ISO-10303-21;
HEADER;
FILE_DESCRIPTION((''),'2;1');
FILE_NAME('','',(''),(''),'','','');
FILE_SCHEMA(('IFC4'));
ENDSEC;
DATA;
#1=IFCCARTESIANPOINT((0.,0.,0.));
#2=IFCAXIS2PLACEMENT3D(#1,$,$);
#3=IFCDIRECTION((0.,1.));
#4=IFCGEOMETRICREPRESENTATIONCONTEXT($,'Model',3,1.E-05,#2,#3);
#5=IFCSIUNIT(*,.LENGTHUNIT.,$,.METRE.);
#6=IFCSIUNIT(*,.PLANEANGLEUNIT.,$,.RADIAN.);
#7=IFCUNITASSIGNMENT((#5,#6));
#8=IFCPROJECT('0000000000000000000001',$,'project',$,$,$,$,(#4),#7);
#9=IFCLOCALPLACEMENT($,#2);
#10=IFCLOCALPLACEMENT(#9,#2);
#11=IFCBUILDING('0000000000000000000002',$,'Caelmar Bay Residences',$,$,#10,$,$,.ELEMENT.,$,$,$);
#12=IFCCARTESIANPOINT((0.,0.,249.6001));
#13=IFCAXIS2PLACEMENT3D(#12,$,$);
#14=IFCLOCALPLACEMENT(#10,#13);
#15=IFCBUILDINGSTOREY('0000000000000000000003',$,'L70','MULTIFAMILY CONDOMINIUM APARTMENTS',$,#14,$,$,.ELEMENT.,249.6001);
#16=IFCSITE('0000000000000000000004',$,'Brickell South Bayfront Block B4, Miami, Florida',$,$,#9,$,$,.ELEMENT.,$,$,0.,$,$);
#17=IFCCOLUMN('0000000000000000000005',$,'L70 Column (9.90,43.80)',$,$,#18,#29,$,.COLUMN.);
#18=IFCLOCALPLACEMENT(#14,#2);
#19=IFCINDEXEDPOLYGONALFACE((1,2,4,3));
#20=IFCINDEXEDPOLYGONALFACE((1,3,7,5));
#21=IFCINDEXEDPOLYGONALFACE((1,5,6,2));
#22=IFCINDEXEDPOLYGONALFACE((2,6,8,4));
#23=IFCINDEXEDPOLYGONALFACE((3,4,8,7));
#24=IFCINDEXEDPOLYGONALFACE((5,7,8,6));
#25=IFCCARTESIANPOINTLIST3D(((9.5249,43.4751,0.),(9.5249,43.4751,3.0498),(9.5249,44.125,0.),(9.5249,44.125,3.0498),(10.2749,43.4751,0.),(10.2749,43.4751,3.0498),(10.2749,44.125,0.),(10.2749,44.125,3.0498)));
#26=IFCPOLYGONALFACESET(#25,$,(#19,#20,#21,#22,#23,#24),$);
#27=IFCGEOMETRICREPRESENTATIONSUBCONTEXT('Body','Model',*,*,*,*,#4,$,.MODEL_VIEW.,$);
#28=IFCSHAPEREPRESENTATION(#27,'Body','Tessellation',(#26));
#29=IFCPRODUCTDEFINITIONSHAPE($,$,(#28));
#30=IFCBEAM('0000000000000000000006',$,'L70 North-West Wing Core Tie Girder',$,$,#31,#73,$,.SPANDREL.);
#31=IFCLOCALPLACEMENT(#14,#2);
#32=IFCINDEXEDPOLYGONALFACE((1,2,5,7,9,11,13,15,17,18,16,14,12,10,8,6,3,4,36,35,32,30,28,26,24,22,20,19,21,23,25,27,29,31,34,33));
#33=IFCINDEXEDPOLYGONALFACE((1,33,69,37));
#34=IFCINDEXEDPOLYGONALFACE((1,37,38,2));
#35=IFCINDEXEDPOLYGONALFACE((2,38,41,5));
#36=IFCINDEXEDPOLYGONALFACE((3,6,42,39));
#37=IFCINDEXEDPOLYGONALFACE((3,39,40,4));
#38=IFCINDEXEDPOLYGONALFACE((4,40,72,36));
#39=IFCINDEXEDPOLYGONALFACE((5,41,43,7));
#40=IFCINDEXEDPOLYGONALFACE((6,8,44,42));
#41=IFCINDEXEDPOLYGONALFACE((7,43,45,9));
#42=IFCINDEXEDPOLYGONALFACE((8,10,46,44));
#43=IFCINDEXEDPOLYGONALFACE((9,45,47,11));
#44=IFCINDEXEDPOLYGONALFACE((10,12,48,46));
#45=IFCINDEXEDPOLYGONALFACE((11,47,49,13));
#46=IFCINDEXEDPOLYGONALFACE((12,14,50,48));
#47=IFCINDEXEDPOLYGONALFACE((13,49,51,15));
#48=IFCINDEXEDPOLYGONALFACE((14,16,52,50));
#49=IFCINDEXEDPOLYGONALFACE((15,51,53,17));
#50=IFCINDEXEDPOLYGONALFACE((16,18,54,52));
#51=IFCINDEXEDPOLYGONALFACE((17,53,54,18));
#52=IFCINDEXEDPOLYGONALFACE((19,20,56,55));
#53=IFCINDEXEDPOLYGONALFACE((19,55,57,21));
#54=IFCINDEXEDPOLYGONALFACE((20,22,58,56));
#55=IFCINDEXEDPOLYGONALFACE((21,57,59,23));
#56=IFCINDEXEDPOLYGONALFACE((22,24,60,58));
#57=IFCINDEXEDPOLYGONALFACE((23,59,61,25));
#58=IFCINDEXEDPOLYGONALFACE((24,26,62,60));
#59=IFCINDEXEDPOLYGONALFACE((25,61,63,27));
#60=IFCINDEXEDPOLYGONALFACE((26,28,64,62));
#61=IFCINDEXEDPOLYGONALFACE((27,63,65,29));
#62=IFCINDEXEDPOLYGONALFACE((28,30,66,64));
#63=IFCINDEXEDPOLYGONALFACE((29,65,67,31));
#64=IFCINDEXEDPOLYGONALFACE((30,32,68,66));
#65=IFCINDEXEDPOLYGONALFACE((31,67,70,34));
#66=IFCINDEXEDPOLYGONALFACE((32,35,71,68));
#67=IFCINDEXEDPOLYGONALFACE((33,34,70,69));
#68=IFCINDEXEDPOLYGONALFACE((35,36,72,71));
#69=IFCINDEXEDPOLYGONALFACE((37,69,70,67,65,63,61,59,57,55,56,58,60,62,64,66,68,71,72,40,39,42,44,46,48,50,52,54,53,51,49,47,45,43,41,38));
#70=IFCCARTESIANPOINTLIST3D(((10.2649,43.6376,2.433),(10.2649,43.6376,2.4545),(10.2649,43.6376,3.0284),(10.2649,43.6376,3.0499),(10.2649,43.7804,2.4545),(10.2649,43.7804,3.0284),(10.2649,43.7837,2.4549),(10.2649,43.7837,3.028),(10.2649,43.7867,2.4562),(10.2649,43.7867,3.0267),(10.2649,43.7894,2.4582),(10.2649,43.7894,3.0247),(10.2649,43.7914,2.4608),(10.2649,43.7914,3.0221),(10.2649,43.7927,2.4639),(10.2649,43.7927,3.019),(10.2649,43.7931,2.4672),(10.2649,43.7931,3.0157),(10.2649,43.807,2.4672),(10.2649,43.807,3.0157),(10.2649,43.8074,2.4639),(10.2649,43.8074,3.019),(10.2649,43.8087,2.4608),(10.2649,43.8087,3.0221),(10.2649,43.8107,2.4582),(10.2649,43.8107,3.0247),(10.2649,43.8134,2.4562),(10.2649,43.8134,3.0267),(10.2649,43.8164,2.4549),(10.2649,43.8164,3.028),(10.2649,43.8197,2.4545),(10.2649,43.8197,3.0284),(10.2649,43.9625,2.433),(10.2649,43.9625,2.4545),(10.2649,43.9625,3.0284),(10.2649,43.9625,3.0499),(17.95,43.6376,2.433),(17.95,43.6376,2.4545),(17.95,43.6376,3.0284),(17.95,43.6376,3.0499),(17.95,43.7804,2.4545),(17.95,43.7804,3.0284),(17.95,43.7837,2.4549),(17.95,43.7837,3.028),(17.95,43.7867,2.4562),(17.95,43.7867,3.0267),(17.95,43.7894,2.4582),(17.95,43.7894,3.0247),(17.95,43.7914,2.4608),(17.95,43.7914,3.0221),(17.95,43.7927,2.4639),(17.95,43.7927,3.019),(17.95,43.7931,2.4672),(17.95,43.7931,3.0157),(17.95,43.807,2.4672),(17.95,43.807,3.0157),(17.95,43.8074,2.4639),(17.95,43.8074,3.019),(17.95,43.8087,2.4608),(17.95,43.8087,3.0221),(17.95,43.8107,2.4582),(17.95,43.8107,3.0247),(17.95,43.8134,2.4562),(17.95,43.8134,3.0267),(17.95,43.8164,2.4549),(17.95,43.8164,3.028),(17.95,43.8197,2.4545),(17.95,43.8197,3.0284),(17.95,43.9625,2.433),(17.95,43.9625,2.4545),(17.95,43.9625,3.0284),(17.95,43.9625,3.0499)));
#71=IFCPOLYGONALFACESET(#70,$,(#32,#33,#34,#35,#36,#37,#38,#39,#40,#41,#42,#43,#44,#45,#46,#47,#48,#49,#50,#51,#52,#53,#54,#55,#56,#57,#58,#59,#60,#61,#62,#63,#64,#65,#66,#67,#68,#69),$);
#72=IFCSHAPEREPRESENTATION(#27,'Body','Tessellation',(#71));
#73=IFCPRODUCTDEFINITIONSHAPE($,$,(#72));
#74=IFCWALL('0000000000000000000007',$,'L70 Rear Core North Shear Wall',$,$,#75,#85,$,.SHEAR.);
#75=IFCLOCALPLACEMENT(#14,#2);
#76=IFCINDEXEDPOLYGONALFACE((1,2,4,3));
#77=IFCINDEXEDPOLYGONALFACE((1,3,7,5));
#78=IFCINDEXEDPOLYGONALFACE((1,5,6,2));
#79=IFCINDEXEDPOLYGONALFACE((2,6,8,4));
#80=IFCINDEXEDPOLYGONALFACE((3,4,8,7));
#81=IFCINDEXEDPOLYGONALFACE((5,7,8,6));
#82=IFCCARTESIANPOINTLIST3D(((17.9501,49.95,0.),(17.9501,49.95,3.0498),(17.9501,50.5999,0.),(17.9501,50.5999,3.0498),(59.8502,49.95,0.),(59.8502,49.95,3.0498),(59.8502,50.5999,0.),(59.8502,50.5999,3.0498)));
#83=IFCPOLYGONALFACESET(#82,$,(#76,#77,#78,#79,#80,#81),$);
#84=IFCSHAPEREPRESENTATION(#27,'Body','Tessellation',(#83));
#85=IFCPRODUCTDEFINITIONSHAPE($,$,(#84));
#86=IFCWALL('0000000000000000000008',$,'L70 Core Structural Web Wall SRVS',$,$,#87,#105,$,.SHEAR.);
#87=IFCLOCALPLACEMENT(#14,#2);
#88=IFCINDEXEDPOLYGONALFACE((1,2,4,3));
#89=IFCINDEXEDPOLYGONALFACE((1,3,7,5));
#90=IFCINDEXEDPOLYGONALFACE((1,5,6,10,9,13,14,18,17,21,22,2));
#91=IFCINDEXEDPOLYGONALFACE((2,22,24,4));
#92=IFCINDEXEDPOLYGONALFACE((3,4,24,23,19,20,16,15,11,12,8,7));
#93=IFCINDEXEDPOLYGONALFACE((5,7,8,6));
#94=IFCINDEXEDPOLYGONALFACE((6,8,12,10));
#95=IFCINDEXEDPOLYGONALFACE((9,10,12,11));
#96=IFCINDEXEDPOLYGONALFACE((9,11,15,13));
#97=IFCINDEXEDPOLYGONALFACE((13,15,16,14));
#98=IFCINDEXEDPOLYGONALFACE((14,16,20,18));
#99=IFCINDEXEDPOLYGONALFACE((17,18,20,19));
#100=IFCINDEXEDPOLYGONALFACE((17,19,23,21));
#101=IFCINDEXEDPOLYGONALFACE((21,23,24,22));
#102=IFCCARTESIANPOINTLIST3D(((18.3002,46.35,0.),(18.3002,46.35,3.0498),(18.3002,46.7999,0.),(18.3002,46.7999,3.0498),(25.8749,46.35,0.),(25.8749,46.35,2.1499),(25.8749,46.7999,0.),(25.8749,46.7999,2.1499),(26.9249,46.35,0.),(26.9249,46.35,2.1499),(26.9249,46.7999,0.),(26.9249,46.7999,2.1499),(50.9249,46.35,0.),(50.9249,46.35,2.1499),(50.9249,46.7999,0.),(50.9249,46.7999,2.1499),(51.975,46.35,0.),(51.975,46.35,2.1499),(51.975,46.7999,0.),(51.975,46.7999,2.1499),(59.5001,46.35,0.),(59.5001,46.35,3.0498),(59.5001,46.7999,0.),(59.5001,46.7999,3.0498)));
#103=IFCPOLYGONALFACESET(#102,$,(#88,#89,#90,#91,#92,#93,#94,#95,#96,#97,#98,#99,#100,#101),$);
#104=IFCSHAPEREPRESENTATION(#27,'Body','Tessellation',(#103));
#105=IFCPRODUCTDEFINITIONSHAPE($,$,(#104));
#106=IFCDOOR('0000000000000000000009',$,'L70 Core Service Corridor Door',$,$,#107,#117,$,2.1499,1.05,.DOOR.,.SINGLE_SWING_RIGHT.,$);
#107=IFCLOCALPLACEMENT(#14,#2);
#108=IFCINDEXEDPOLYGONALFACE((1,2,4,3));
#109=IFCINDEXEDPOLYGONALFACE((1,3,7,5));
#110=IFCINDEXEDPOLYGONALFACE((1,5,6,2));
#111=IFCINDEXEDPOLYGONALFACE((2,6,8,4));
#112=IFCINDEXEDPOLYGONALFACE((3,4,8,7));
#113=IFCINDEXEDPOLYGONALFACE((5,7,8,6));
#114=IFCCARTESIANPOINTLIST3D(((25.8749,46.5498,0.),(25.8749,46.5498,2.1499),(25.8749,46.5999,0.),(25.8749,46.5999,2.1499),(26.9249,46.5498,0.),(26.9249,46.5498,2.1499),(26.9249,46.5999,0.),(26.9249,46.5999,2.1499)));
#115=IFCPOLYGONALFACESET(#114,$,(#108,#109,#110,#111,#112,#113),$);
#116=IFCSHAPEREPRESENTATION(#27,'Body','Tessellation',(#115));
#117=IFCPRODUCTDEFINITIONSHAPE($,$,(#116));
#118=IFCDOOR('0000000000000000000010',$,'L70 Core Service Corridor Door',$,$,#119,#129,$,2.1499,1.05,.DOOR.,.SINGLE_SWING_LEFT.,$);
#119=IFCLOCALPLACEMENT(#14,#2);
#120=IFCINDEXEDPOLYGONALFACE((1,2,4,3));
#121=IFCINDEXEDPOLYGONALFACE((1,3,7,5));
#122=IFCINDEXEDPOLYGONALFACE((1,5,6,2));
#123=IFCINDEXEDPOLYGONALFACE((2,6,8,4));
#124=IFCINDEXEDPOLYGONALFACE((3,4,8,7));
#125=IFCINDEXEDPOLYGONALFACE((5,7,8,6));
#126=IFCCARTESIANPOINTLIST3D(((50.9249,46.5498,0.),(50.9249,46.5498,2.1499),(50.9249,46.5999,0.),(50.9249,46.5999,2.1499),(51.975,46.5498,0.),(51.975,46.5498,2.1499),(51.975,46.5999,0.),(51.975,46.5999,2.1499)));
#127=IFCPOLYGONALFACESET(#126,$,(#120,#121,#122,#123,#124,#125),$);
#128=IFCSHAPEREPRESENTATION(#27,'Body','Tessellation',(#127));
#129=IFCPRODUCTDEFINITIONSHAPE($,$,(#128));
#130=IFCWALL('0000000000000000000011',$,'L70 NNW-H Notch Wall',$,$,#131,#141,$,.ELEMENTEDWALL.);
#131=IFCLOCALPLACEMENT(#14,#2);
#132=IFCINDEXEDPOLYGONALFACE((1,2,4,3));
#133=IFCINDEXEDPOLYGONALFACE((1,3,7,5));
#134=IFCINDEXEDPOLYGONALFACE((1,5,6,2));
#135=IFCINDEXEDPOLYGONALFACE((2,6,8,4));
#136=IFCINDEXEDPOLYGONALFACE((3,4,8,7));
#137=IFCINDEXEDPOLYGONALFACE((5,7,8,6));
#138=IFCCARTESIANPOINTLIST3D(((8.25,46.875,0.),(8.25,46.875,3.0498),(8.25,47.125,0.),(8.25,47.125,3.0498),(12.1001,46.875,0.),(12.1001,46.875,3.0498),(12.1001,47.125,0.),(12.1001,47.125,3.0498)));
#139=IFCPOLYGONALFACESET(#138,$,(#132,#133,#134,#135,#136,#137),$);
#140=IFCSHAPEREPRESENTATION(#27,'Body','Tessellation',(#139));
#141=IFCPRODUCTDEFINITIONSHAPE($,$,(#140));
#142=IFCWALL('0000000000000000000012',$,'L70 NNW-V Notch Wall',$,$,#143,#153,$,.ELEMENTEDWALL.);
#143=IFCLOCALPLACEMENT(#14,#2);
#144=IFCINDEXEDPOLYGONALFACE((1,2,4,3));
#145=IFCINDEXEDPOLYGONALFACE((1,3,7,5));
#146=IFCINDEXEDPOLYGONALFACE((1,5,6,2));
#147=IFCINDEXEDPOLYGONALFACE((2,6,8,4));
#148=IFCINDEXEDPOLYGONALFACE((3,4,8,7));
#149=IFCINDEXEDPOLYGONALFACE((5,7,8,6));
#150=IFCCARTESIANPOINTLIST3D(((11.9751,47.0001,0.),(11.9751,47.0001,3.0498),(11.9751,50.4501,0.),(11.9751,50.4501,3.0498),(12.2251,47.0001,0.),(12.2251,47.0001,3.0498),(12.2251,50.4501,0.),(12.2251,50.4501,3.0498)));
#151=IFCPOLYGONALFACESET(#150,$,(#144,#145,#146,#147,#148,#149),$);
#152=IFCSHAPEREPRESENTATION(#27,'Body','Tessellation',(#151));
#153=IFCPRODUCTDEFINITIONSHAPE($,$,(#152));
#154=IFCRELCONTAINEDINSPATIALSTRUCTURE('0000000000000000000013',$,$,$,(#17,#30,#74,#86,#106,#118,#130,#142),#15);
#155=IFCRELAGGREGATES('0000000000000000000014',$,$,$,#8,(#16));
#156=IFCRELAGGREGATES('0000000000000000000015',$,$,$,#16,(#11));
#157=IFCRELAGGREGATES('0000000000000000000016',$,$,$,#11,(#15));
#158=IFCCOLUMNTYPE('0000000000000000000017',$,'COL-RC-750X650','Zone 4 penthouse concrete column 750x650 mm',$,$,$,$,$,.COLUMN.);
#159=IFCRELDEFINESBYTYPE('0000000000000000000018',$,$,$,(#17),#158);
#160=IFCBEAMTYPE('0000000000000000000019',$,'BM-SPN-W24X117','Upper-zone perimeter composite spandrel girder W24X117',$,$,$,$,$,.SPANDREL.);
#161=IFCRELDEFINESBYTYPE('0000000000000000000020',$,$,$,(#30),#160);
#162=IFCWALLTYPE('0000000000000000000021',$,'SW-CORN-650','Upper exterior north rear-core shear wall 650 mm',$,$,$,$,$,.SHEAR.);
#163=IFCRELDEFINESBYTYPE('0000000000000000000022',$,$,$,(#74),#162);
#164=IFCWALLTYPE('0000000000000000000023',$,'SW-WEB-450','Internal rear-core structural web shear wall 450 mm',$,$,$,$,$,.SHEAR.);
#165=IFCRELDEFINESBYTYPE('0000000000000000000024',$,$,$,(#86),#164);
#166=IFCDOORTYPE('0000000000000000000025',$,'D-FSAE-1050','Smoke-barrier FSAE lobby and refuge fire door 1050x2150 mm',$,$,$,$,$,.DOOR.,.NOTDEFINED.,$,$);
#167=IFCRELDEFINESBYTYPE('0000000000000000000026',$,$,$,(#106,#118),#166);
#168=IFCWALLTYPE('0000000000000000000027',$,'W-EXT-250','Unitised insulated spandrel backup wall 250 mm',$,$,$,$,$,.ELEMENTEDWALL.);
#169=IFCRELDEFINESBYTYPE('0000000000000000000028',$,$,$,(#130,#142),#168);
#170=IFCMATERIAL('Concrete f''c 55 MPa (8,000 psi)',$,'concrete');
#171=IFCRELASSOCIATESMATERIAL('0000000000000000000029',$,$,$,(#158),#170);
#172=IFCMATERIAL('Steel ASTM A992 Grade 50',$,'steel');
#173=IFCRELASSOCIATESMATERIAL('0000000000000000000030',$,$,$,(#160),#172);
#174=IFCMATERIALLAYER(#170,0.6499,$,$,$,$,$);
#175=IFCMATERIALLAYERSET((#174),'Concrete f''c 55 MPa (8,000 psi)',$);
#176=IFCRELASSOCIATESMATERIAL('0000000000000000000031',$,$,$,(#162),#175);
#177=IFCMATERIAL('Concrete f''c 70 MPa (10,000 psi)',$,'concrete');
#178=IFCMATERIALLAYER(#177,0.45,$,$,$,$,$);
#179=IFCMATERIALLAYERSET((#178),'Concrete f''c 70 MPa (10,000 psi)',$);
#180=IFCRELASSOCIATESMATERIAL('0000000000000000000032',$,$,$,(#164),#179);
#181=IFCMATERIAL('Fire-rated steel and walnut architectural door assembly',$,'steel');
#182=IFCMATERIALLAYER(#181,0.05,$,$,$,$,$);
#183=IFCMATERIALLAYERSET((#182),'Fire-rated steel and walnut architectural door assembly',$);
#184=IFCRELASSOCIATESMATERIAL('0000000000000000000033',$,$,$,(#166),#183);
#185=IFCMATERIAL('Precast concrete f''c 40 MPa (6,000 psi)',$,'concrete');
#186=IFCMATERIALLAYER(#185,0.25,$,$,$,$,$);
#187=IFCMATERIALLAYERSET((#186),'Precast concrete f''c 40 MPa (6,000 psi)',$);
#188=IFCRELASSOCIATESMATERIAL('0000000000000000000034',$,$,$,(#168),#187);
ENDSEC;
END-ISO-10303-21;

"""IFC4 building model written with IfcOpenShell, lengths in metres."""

from ifc_helpers import new_model, si_unit, direction, frame, frame_2d, origin, origin_2d, place, context, subcontext, project, spatial, rectangle, i_section, extrude, material, layer, layer_set, material_profile, profile_set, type_object, element, fill, save


model = new_model("IFC4")

# Units and contexts
model_context = context("Model", 3, precision=1e-05, world=origin(), true_north=direction((0.0, 1.0)))
body_context = subcontext(model_context, "Body", "Model", "MODEL_VIEW")
ifc_project = project(units=[si_unit("LENGTHUNIT", "METRE"), si_unit("PLANEANGLEUNIT", "RADIAN")], contexts=[model_context])

# Site, building, storey
site_placement = place(None, origin())
site = spatial("IfcSite", under=ifc_project, at=site_placement, Name="Brickell South Bayfront Block B4, Miami, Florida", CompositionType="ELEMENT", RefElevation=0.0)
building_placement = place(site_placement, origin())
building = spatial("IfcBuilding", under=site, at=building_placement, Name="Caelmar Bay Residences", CompositionType="ELEMENT")
storey_placement = place(building_placement, frame((0.0, 0.0, 249.6001)))
storey = spatial("IfcBuildingStorey", under=building, at=storey_placement, Name="L70", Description="MULTIFAMILY CONDOMINIUM APARTMENTS", CompositionType="ELEMENT", Elevation=249.6001)

# Column
ifc_material_1 = material(Name="Concrete f'c 55 MPa (8,000 psi)", Category="concrete")
ifc_material_profile_1 = material_profile(ifc_material_1, rectangle(XDim=0.75, YDim=0.6499, at=origin_2d()), Name="RC-COL-750X650")
ifc_profile_set_1 = profile_set([ifc_material_profile_1], Name="Concrete f'c 55 MPa (8,000 psi)")
column_type = type_object("IfcColumnType", Name="COL-RC-750X650", Description="Zone 4 penthouse concrete column 750x650 mm", PredefinedType="COLUMN", material=ifc_profile_set_1)
column_placement = place(storey_placement, frame((9.8999, 43.8, 0.0), z_axis=(0.0, 0.0, 1.0), x_axis=(1.0, 0.0, 0.0)))
element("IfcColumn", 1, at=column_placement, inside=storey, type_object=column_type, Name="L70 Column (9.90,43.80)", PredefinedType="COLUMN", context=body_context, shape_type="SweptSolid", body=[
    extrude(rectangle(XDim=0.75, YDim=0.6499, at=origin_2d()), origin(), (0.0, 0.0, 1.0), 3.0498),
])

# Beam
ifc_material_2 = material(Name="Steel ASTM A992 Grade 50", Category="steel")
ifc_material_profile_2 = material_profile(ifc_material_2, i_section(OverallWidth=0.325, OverallDepth=0.6169, WebThickness=0.0139, FlangeThickness=0.0215, FilletRadius=0.0127, at=origin_2d()), Name="W24X117")
ifc_profile_set_2 = profile_set([ifc_material_profile_2], Name="Steel ASTM A992 Grade 50")
beam_type = type_object("IfcBeamType", Name="BM-SPN-W24X117", Description="Upper-zone perimeter composite spandrel girder W24X117", PredefinedType="SPANDREL", material=ifc_profile_set_2)
beam_placement = place(storey_placement, frame((10.2649, 43.8, 2.7415), z_axis=(1.0, 0.0, 0.0), x_axis=(0.0, 1.0, 0.0)))
element("IfcBeam", 2, at=beam_placement, inside=storey, type_object=beam_type, Name="L70 North-West Wing Core Tie Girder", PredefinedType="SPANDREL", context=body_context, shape_type="SweptSolid", body=[
    extrude(i_section(OverallWidth=0.325, OverallDepth=0.6169, WebThickness=0.0139, FlangeThickness=0.0215, FilletRadius=0.0127, at=origin_2d()), origin(), (0.0, 0.0, 1.0), 7.6851),
])

# Wall
ifc_layer_1 = layer(ifc_material_1, 0.6499)
ifc_layer_set_1 = layer_set([ifc_layer_1], Name="Concrete f'c 55 MPa (8,000 psi)")
wall_type_1 = type_object("IfcWallType", Name="SW-CORN-650", Description="Upper exterior north rear-core shear wall 650 mm", PredefinedType="SHEAR", material=ifc_layer_set_1)
wall_1_placement = place(storey_placement, frame((17.95, 50.2749, 0.0), z_axis=(0.0, 0.0, 1.0), x_axis=(1.0, 0.0, 0.0)))
element("IfcWall", 3, at=wall_1_placement, inside=storey, type_object=wall_type_1, Name="L70 Rear Core North Shear Wall", PredefinedType="SHEAR", context=body_context, shape_type="SweptSolid", body=[
    extrude(rectangle(XDim=41.9001, YDim=0.6499, at=frame_2d((20.9502, 0.0))), origin(), (0.0, 0.0, 1.0), 3.0498),
])

# Wall, openings, doors
ifc_material_3 = material(Name="Concrete f'c 70 MPa (10,000 psi)", Category="concrete")
ifc_layer_2 = layer(ifc_material_3, 0.45)
ifc_layer_set_2 = layer_set([ifc_layer_2], Name="Concrete f'c 70 MPa (10,000 psi)")
wall_type_2 = type_object("IfcWallType", Name="SW-WEB-450", Description="Internal rear-core structural web shear wall 450 mm", PredefinedType="SHEAR", material=ifc_layer_set_2)
wall_2_placement = place(storey_placement, frame((18.3, 46.575, 0.0), z_axis=(0.0, 0.0, 1.0), x_axis=(1.0, 0.0, 0.0)))
wall_2 = element("IfcWall", 4, at=wall_2_placement, inside=storey, type_object=wall_type_2, Name="L70 Core Structural Web Wall SRVS", PredefinedType="SHEAR", context=body_context, shape_type="SweptSolid", body=[
    extrude(rectangle(XDim=41.2, YDim=0.45, at=frame_2d((20.6001, 0.0))), origin(), (0.0, 0.0, 1.0), 3.0498),
])
opening_1_placement = place(wall_2_placement, frame((7.575, 0.0, 0.0)))
opening_1 = element("IfcOpeningElement", 5, at=opening_1_placement, cuts=wall_2, PredefinedType="OPENING", context=body_context, shape_type="SweptSolid", body=[
    extrude(rectangle(XDim=1.05, YDim=2.1499, at=frame_2d((0.5249, 1.075))), frame((0.0, 0.2349, 0.0), z_axis=(0.0, -1.0, 0.0), x_axis=(1.0, 0.0, 0.0)), (0.0, 0.0, 1.0), 0.47),
])
opening_2_placement = place(wall_2_placement, frame((32.625, 0.0, 0.0)))
opening_2 = element("IfcOpeningElement", 6, at=opening_2_placement, cuts=wall_2, PredefinedType="OPENING", context=body_context, shape_type="SweptSolid", body=[
    extrude(rectangle(XDim=1.05, YDim=2.1499, at=frame_2d((0.5249, 1.075))), frame((0.0, 0.2349, 0.0), z_axis=(0.0, -1.0, 0.0), x_axis=(1.0, 0.0, 0.0)), (0.0, 0.0, 1.0), 0.47),
])
ifc_material_4 = material(Name="Fire-rated steel and walnut architectural door assembly", Category="steel")
ifc_layer_3 = layer(ifc_material_4, 0.05)
ifc_layer_set_3 = layer_set([ifc_layer_3], Name="Fire-rated steel and walnut architectural door assembly")
door_type_1 = type_object("IfcDoorType", Name="D-FSAE-1050", Description="Smoke-barrier FSAE lobby and refuge fire door 1050x2150 mm", OperationType="NOTDEFINED", PredefinedType="DOOR", material=ifc_layer_set_3)
door_1_placement = place(opening_1_placement, origin())
door_1 = element("IfcDoor", 7, at=door_1_placement, inside=storey, type_object=door_type_1, Name="L70 Core Service Corridor Door", OperationType="SINGLE_SWING_RIGHT", OverallHeight=2.1499, OverallWidth=1.05, PredefinedType="DOOR", context=body_context, shape_type="SweptSolid", body=[
    extrude(rectangle(XDim=1.05, YDim=2.1499, at=frame_2d((0.5249, 1.075))), frame((0.0, 0.0249, 0.0), z_axis=(0.0, -1.0, 0.0), x_axis=(1.0, 0.0, 0.0)), (0.0, 0.0, 1.0), 0.05),
])
fill(opening_1, door_1)
door_2_placement = place(opening_2_placement, origin())
door_2 = element("IfcDoor", 8, at=door_2_placement, inside=storey, type_object=door_type_1, Name="L70 Core Service Corridor Door", OperationType="SINGLE_SWING_LEFT", OverallHeight=2.1499, OverallWidth=1.05, PredefinedType="DOOR", context=body_context, shape_type="SweptSolid", body=[
    extrude(rectangle(XDim=1.05, YDim=2.1499, at=frame_2d((0.5249, 1.075))), frame((0.0, 0.0249, 0.0), z_axis=(0.0, -1.0, 0.0), x_axis=(1.0, 0.0, 0.0)), (0.0, 0.0, 1.0), 0.05),
])
fill(opening_2, door_2)

# Walls
ifc_material_5 = material(Name="Precast concrete f'c 40 MPa (6,000 psi)", Category="concrete")
ifc_layer_4 = layer(ifc_material_5, 0.25)
ifc_layer_set_4 = layer_set([ifc_layer_4], Name="Precast concrete f'c 40 MPa (6,000 psi)")
wall_type_3 = type_object("IfcWallType", Name="W-EXT-250", Description="Unitised insulated spandrel backup wall 250 mm", PredefinedType="ELEMENTEDWALL", material=ifc_layer_set_4)
wall_3_placement = place(storey_placement, frame((8.25, 47.0, 0.0), z_axis=(0.0, 0.0, 1.0), x_axis=(1.0, 0.0, 0.0)))
element("IfcWall", 9, at=wall_3_placement, inside=storey, type_object=wall_type_3, Name="L70 NNW-H Notch Wall", PredefinedType="ELEMENTEDWALL", context=body_context, shape_type="SweptSolid", body=[
    extrude(rectangle(XDim=3.8501, YDim=0.25, at=frame_2d((1.925, 0.0))), origin(), (0.0, 0.0, 1.0), 3.0498),
])
wall_4_placement = place(storey_placement, frame((12.1001, 47.0, 0.0), z_axis=(0.0, 0.0, 1.0), x_axis=(0.0, 1.0, 0.0)))
element("IfcWall", 10, at=wall_4_placement, inside=storey, type_object=wall_type_3, Name="L70 NNW-V Notch Wall", PredefinedType="ELEMENTEDWALL", context=body_context, shape_type="SweptSolid", body=[
    extrude(rectangle(XDim=3.45, YDim=0.25, at=frame_2d((1.7251, 0.0))), origin(), (0.0, 0.0, 1.0), 3.0498),
])

save(model, "model.ifc")
